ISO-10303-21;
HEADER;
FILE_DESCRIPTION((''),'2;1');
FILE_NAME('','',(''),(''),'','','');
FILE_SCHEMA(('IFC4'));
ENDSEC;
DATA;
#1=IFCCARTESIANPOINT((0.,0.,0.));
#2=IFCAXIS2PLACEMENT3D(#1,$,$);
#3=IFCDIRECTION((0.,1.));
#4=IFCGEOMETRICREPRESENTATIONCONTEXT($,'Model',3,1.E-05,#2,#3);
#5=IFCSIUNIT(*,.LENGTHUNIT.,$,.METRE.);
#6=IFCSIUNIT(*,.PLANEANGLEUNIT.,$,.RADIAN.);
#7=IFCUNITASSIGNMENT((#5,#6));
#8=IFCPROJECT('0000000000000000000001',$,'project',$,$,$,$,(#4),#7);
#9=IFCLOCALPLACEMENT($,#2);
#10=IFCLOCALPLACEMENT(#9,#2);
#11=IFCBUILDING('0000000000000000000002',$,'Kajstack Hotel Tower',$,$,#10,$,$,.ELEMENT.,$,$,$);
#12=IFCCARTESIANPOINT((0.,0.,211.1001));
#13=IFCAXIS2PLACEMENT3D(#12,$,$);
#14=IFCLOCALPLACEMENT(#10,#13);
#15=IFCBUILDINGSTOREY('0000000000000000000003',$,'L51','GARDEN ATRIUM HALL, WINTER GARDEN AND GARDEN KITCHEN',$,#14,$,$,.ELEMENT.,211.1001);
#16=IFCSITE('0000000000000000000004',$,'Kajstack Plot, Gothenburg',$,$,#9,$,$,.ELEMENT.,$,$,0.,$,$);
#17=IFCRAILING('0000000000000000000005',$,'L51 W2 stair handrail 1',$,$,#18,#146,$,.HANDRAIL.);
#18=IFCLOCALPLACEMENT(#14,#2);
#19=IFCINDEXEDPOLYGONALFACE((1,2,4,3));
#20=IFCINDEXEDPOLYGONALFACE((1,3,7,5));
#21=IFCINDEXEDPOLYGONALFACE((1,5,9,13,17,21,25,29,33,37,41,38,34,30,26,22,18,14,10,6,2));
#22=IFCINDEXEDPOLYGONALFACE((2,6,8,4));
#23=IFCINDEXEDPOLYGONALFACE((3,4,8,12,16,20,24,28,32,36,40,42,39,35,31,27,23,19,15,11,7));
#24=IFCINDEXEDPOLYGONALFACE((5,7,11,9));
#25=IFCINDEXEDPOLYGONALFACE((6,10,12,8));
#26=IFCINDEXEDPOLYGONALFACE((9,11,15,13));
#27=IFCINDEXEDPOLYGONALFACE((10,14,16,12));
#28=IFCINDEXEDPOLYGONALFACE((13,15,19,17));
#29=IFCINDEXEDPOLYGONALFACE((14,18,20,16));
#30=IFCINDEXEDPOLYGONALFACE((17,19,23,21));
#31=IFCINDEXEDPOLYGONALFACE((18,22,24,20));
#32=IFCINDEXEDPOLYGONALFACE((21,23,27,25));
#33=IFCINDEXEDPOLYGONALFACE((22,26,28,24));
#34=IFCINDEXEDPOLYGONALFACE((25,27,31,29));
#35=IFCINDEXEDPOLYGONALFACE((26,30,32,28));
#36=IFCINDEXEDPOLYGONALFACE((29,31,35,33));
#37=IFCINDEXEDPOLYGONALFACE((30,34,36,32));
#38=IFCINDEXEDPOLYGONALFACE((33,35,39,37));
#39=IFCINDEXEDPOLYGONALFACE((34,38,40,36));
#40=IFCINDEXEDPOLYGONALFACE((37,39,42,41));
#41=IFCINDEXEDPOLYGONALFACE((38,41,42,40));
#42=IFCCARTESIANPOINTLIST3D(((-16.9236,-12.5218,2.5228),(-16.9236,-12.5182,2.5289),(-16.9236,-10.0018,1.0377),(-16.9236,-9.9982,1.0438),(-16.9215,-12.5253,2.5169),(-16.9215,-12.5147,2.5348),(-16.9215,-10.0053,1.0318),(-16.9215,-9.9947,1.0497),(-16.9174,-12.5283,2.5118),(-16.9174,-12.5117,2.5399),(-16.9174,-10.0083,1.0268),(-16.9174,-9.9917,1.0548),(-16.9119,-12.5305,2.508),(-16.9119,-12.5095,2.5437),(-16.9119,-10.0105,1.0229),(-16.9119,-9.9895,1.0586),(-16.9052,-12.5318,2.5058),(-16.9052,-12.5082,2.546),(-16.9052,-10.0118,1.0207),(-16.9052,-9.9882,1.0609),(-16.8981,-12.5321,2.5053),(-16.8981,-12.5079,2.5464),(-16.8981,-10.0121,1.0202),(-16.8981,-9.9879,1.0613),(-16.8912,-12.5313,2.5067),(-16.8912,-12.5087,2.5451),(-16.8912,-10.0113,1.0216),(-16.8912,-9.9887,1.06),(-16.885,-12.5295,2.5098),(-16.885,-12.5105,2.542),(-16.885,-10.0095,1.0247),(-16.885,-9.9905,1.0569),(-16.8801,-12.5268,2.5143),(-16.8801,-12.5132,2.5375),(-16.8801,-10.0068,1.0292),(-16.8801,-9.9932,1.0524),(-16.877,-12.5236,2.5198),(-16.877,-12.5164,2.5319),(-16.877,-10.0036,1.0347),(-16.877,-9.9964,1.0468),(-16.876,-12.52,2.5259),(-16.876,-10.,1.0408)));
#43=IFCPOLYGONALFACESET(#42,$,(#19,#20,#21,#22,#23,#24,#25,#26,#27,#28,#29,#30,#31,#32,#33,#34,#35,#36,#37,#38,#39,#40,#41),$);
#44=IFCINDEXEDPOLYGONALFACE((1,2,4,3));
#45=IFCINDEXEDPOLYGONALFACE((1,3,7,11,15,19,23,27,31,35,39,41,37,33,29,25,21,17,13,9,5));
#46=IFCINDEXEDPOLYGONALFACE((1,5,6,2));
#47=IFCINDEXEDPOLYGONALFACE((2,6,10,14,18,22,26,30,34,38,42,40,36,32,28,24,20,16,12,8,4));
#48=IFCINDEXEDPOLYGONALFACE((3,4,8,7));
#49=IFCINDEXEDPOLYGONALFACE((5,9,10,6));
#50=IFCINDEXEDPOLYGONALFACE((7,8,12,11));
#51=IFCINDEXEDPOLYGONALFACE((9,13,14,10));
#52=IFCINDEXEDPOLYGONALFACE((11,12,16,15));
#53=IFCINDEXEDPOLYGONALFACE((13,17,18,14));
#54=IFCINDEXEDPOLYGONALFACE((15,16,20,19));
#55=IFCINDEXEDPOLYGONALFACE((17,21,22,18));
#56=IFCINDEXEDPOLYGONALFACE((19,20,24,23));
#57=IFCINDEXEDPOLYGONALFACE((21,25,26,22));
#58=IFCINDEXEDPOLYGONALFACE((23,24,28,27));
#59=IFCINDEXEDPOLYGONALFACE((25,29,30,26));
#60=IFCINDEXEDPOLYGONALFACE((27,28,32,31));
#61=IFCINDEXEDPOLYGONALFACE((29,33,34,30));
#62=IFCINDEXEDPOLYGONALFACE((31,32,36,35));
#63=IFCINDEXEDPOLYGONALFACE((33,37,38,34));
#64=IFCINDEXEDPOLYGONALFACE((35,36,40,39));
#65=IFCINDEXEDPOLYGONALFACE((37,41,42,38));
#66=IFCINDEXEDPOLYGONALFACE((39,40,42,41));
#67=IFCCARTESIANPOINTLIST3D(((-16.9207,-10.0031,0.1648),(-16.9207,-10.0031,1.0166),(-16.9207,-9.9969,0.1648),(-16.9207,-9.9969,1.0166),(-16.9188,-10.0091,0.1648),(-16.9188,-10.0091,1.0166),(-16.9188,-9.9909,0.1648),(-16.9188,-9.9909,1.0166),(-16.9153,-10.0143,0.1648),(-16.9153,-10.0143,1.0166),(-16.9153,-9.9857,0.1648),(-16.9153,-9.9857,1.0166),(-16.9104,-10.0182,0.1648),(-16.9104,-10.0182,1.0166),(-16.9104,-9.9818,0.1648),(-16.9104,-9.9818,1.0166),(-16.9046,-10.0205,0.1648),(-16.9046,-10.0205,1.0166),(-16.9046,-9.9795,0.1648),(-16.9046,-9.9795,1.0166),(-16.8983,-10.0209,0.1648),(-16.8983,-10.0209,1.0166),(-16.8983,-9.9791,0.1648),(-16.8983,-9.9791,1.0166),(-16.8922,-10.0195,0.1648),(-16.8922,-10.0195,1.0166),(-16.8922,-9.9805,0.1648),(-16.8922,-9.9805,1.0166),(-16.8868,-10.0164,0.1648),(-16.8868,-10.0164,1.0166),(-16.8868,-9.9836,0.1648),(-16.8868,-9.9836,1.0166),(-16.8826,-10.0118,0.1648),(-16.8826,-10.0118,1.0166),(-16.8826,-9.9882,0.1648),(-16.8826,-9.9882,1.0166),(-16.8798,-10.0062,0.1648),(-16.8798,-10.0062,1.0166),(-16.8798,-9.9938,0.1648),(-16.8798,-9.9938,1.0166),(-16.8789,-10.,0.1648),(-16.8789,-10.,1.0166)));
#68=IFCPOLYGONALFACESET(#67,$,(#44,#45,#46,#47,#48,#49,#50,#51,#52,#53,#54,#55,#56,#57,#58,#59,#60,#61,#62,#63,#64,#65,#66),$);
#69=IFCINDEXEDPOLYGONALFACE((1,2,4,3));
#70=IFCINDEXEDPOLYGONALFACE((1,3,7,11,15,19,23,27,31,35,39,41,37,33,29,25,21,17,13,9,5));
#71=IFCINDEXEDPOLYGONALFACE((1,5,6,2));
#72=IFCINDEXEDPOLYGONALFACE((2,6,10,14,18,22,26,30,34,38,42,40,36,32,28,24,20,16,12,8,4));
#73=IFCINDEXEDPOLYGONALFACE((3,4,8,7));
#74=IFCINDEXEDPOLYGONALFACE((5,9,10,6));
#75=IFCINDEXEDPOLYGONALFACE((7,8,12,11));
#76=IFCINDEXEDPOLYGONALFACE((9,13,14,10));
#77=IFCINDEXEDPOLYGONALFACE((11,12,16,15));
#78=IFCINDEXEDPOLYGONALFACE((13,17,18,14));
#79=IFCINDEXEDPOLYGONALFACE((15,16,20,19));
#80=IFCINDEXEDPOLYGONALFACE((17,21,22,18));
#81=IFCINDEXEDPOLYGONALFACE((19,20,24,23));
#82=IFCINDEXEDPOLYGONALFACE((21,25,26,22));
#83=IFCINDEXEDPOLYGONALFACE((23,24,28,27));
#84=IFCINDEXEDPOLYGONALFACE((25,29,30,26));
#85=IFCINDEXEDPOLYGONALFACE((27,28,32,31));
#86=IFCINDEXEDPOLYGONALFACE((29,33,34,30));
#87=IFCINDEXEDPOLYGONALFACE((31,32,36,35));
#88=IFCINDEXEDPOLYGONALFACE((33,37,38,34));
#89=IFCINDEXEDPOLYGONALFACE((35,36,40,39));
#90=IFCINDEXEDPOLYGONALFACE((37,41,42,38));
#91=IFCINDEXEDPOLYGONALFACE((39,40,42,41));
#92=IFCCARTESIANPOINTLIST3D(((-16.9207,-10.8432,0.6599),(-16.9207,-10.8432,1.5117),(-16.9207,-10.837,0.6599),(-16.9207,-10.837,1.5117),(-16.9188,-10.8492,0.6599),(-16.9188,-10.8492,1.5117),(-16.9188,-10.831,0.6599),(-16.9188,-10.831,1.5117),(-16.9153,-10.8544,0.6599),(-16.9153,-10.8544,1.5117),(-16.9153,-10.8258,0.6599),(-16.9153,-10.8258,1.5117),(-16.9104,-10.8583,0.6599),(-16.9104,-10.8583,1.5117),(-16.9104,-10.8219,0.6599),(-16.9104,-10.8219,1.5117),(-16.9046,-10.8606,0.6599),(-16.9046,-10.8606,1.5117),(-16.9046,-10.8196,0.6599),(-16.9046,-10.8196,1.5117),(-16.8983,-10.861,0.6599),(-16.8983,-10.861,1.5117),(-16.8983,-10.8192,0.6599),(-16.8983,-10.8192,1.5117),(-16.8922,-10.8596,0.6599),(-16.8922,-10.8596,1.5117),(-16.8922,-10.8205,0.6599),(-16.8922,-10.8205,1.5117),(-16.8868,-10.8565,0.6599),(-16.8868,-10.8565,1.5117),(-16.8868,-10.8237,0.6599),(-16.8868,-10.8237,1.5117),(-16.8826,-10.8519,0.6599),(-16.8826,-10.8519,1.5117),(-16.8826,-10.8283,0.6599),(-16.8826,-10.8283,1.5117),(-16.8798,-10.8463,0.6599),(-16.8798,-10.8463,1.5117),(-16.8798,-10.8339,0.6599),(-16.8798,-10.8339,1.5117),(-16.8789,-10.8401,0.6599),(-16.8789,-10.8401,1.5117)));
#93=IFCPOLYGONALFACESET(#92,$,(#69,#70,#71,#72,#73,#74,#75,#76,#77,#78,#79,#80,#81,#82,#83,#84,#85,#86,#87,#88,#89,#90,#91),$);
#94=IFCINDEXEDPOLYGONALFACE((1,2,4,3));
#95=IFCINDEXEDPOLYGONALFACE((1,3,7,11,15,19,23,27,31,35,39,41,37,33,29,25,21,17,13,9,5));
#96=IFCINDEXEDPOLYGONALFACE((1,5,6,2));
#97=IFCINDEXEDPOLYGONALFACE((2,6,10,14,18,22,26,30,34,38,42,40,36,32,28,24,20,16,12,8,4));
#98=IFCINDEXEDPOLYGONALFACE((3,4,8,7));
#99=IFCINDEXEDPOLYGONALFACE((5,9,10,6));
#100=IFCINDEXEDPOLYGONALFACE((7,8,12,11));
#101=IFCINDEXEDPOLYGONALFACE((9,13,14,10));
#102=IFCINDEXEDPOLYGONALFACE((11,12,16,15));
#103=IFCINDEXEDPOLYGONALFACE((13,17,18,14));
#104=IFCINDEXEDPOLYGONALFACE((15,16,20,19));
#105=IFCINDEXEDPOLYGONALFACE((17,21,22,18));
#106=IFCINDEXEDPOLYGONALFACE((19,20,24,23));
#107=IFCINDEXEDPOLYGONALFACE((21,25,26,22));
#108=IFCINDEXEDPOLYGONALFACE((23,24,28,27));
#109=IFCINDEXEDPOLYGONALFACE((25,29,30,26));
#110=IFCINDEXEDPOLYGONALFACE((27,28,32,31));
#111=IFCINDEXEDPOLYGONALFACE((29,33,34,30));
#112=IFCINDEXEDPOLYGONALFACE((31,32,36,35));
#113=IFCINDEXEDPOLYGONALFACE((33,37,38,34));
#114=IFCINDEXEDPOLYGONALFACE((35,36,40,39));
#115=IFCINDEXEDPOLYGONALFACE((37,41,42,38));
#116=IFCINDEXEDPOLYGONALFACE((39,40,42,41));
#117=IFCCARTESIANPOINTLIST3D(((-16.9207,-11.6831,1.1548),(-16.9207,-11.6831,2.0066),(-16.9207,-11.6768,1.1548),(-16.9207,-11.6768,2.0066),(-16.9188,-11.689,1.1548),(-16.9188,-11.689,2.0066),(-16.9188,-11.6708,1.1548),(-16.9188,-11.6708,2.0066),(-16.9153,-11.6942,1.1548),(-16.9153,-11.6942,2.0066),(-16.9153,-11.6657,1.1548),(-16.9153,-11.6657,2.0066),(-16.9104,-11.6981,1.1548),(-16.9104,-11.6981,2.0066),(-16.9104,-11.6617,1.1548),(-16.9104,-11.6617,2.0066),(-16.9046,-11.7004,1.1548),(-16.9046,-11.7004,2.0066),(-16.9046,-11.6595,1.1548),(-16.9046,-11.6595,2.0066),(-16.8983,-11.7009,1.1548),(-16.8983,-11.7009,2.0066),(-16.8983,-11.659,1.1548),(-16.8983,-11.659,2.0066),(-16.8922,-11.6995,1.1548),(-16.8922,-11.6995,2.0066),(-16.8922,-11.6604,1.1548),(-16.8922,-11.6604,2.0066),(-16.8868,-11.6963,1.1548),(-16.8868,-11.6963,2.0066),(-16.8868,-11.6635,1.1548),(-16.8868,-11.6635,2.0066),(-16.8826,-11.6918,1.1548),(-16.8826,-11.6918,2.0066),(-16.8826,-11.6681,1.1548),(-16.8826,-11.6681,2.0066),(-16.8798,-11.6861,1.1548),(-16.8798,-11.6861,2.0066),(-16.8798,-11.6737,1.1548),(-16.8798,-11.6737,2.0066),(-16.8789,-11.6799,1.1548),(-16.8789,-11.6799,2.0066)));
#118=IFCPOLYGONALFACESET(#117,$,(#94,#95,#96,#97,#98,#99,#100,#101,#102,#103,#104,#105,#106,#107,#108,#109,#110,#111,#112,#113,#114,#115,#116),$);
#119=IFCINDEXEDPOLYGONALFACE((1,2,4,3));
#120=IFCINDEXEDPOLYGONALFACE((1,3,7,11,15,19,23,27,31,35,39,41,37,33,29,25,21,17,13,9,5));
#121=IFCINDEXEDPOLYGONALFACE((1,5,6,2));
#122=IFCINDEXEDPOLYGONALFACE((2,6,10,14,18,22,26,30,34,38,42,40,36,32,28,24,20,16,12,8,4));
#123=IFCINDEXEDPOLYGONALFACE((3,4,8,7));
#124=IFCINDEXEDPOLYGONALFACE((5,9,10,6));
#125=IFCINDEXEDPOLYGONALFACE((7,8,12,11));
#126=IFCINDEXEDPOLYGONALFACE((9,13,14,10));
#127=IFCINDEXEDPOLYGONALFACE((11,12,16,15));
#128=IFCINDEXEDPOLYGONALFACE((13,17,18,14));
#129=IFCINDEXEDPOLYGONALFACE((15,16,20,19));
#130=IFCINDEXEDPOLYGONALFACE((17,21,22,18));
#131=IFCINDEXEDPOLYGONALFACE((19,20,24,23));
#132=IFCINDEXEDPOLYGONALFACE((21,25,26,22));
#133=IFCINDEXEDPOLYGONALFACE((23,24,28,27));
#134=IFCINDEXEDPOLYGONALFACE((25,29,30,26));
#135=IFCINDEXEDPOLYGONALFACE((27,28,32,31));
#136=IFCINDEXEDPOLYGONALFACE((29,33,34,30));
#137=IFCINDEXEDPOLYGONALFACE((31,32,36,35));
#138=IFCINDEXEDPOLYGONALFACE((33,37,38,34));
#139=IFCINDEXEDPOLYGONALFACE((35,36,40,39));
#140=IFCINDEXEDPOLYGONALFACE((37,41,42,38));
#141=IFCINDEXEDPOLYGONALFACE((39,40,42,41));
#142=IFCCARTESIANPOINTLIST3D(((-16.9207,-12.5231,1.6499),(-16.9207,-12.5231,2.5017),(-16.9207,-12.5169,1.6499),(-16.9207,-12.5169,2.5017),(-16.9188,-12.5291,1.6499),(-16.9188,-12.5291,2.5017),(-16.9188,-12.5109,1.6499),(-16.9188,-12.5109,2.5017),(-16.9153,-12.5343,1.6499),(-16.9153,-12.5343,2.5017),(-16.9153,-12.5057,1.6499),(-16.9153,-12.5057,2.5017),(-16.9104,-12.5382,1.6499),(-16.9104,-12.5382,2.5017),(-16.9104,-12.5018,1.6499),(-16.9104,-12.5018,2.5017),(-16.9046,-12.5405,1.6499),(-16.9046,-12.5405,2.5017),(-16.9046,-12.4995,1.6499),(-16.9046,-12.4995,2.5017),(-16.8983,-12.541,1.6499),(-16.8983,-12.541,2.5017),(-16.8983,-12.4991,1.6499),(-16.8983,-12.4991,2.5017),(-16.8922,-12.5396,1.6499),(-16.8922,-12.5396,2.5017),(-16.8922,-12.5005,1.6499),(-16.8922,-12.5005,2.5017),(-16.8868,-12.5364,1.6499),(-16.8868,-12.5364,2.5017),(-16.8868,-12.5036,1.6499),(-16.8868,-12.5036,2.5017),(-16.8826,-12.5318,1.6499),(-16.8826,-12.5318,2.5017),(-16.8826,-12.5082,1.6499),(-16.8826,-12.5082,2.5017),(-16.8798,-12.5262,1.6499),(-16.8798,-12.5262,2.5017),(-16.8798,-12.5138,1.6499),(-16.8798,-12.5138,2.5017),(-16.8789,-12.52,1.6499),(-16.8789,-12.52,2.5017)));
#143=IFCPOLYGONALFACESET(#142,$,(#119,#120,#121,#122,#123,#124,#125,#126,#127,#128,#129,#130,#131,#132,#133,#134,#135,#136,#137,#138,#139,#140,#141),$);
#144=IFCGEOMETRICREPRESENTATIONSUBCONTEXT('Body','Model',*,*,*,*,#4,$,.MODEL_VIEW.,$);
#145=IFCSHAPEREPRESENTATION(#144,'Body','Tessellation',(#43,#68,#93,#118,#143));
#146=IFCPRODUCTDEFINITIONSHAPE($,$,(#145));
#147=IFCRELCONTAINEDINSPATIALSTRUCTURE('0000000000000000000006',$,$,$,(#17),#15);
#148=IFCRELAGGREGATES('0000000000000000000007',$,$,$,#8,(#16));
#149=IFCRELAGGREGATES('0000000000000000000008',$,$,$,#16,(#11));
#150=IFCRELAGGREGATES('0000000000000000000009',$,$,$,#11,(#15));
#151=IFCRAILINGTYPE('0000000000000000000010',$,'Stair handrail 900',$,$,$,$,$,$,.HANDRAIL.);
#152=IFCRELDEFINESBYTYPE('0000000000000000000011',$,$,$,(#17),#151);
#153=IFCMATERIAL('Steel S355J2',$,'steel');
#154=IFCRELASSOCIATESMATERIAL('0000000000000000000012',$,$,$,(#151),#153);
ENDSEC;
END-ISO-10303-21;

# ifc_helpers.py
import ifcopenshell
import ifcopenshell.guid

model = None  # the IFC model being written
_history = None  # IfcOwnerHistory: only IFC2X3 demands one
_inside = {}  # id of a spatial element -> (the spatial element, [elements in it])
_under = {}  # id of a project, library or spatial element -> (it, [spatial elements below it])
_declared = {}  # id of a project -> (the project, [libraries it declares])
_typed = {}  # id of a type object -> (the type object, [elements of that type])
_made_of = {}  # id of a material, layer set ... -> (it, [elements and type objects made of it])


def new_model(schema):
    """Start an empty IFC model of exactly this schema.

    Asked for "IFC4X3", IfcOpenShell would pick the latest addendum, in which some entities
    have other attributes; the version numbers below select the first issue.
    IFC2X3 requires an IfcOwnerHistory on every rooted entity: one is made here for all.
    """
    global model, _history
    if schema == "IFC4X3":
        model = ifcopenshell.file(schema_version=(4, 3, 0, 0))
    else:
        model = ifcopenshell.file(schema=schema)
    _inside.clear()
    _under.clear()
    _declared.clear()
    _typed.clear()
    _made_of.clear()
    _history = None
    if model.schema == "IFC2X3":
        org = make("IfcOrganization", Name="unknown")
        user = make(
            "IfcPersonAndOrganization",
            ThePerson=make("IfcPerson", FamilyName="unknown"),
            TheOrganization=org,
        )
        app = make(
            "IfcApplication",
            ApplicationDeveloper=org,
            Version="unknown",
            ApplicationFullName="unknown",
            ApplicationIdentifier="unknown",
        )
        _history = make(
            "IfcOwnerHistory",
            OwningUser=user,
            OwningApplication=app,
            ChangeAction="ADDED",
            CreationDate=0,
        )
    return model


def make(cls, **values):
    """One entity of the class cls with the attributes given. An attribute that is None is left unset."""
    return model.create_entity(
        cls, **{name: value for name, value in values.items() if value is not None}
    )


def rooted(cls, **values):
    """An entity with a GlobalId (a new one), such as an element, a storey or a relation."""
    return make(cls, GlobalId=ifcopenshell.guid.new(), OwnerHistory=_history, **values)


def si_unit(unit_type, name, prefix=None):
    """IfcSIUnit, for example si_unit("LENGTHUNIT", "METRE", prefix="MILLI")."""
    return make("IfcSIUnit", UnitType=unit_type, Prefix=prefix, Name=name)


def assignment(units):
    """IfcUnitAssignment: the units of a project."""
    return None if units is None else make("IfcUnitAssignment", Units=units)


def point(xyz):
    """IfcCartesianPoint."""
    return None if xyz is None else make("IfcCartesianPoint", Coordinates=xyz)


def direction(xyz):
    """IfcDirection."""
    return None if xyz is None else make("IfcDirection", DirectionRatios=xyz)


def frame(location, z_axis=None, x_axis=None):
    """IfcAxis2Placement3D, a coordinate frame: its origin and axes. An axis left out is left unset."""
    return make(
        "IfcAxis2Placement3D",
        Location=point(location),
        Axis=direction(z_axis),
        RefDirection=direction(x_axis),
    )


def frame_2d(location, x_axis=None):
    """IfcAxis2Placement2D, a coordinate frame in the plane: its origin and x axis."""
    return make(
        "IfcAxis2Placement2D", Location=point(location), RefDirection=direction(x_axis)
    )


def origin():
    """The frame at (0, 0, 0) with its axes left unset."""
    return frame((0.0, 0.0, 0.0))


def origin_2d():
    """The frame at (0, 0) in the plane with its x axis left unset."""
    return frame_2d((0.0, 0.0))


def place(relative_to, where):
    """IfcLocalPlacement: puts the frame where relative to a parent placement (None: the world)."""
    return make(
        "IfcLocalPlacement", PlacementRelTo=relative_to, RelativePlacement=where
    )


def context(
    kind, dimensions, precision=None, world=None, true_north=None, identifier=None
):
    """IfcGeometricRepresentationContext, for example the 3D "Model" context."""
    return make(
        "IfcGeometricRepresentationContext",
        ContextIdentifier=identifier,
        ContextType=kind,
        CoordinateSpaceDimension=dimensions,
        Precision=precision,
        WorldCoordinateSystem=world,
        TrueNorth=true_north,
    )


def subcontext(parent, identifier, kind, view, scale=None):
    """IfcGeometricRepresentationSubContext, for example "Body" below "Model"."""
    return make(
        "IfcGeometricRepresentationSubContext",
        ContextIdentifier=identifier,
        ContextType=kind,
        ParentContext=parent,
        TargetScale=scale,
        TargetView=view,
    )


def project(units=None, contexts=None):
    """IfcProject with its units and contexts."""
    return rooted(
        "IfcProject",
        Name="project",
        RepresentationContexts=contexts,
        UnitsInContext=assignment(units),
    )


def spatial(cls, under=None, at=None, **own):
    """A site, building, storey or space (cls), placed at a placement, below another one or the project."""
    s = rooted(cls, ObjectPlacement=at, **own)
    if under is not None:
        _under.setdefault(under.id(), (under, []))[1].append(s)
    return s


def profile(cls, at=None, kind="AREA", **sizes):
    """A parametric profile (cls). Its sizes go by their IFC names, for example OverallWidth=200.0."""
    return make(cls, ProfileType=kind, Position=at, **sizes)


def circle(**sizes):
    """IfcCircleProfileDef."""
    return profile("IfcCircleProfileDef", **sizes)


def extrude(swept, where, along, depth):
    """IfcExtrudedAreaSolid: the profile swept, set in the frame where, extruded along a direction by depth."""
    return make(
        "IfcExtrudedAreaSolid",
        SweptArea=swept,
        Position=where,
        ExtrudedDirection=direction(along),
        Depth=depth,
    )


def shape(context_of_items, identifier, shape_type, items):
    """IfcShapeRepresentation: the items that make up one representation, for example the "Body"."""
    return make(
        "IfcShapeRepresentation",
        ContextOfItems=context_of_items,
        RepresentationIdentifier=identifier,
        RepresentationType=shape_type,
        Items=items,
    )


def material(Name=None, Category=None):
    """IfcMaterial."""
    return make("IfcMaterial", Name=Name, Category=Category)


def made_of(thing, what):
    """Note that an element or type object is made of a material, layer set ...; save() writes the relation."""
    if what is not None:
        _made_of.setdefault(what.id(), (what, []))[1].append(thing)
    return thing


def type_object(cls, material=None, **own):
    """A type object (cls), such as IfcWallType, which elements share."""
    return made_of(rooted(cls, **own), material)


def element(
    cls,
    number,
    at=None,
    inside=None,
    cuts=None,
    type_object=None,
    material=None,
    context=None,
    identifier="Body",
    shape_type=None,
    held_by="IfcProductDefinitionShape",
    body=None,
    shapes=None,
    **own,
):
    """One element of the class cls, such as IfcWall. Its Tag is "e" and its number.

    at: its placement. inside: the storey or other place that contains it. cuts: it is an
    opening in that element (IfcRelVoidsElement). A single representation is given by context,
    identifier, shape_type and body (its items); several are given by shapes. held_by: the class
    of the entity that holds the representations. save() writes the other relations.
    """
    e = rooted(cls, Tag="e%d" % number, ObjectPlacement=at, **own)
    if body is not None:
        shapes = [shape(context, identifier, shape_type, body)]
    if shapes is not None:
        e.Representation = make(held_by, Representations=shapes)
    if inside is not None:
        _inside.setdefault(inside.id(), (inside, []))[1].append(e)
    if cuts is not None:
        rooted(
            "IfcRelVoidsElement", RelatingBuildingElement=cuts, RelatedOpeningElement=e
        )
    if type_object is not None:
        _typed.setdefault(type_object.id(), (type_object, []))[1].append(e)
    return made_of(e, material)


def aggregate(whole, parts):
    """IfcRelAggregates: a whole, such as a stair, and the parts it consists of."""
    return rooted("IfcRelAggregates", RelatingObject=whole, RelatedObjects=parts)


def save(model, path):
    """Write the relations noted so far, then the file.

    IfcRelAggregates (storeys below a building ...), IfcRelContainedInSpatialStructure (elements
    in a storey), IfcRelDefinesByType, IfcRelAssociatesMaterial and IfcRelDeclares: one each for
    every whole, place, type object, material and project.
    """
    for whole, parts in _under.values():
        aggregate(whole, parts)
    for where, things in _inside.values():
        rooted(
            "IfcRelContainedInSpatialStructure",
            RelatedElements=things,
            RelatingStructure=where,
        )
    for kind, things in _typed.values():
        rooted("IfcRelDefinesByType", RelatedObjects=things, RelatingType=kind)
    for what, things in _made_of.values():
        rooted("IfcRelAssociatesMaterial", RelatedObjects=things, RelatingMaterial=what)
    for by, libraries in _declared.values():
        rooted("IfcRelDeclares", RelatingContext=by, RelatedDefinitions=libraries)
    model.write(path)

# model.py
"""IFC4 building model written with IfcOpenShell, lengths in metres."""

from ifc_helpers import new_model, si_unit, direction, frame, origin, origin_2d, place, context, subcontext, project, spatial, circle, extrude, material, type_object, element, save


model = new_model("IFC4")

# Units and contexts
model_context = context("Model", 3, precision=1e-05, world=origin(), true_north=direction((0.0, 1.0)))
body_context = subcontext(model_context, "Body", "Model", "MODEL_VIEW")
ifc_project = project(units=[si_unit("LENGTHUNIT", "METRE"), si_unit("PLANEANGLEUNIT", "RADIAN")], contexts=[model_context])

# Site, building, storey
site_placement = place(None, origin())
site = spatial("IfcSite", under=ifc_project, at=site_placement, Name="Kajstack Plot, Gothenburg", CompositionType="ELEMENT", RefElevation=0.0)
building_placement = place(site_placement, origin())
building = spatial("IfcBuilding", under=site, at=building_placement, Name="Kajstack Hotel Tower", CompositionType="ELEMENT")
storey_placement = place(building_placement, frame((0.0, 0.0, 211.1001)))
storey = spatial("IfcBuildingStorey", under=building, at=storey_placement, Name="L51", Description="GARDEN ATRIUM HALL, WINTER GARDEN AND GARDEN KITCHEN", CompositionType="ELEMENT", Elevation=211.1001)

# Railing
ifc_material_1 = material(Name="Steel S355J2", Category="steel")
railing_type_1 = type_object("IfcRailingType", Name="Stair handrail 900", PredefinedType="HANDRAIL", material=ifc_material_1)
railing_1_placement = place(storey_placement, frame((-16.8999, -10.0, 0.1648)))
element("IfcRailing", 1, at=railing_1_placement, inside=storey, type_object=railing_type_1, Name="L51 W2 stair handrail 1", PredefinedType="HANDRAIL", context=body_context, shape_type="SweptSolid", body=[
    extrude(circle(Radius=0.0239, at=origin_2d()), frame((0.0, 0.0, 0.876), z_axis=(0.0, -0.861524, 0.507717), x_axis=(1.0, 0.0, 0.0)), (0.0, 0.0, 1.0), 2.925),
    extrude(circle(Radius=0.021, at=origin_2d()), origin(), (0.0, 0.0, 1.0), 0.8518),
    extrude(circle(Radius=0.021, at=origin_2d()), frame((0.0, -0.8401, 0.4951)), (0.0, 0.0, 1.0), 0.8518),
    extrude(circle(Radius=0.021, at=origin_2d()), frame((0.0, -1.6799, 0.99)), (0.0, 0.0, 1.0), 0.8518),
    extrude(circle(Radius=0.021, at=origin_2d()), frame((0.0, -2.52, 1.4851)), (0.0, 0.0, 1.0), 0.8518),
])

save(model, "model.ifc")
